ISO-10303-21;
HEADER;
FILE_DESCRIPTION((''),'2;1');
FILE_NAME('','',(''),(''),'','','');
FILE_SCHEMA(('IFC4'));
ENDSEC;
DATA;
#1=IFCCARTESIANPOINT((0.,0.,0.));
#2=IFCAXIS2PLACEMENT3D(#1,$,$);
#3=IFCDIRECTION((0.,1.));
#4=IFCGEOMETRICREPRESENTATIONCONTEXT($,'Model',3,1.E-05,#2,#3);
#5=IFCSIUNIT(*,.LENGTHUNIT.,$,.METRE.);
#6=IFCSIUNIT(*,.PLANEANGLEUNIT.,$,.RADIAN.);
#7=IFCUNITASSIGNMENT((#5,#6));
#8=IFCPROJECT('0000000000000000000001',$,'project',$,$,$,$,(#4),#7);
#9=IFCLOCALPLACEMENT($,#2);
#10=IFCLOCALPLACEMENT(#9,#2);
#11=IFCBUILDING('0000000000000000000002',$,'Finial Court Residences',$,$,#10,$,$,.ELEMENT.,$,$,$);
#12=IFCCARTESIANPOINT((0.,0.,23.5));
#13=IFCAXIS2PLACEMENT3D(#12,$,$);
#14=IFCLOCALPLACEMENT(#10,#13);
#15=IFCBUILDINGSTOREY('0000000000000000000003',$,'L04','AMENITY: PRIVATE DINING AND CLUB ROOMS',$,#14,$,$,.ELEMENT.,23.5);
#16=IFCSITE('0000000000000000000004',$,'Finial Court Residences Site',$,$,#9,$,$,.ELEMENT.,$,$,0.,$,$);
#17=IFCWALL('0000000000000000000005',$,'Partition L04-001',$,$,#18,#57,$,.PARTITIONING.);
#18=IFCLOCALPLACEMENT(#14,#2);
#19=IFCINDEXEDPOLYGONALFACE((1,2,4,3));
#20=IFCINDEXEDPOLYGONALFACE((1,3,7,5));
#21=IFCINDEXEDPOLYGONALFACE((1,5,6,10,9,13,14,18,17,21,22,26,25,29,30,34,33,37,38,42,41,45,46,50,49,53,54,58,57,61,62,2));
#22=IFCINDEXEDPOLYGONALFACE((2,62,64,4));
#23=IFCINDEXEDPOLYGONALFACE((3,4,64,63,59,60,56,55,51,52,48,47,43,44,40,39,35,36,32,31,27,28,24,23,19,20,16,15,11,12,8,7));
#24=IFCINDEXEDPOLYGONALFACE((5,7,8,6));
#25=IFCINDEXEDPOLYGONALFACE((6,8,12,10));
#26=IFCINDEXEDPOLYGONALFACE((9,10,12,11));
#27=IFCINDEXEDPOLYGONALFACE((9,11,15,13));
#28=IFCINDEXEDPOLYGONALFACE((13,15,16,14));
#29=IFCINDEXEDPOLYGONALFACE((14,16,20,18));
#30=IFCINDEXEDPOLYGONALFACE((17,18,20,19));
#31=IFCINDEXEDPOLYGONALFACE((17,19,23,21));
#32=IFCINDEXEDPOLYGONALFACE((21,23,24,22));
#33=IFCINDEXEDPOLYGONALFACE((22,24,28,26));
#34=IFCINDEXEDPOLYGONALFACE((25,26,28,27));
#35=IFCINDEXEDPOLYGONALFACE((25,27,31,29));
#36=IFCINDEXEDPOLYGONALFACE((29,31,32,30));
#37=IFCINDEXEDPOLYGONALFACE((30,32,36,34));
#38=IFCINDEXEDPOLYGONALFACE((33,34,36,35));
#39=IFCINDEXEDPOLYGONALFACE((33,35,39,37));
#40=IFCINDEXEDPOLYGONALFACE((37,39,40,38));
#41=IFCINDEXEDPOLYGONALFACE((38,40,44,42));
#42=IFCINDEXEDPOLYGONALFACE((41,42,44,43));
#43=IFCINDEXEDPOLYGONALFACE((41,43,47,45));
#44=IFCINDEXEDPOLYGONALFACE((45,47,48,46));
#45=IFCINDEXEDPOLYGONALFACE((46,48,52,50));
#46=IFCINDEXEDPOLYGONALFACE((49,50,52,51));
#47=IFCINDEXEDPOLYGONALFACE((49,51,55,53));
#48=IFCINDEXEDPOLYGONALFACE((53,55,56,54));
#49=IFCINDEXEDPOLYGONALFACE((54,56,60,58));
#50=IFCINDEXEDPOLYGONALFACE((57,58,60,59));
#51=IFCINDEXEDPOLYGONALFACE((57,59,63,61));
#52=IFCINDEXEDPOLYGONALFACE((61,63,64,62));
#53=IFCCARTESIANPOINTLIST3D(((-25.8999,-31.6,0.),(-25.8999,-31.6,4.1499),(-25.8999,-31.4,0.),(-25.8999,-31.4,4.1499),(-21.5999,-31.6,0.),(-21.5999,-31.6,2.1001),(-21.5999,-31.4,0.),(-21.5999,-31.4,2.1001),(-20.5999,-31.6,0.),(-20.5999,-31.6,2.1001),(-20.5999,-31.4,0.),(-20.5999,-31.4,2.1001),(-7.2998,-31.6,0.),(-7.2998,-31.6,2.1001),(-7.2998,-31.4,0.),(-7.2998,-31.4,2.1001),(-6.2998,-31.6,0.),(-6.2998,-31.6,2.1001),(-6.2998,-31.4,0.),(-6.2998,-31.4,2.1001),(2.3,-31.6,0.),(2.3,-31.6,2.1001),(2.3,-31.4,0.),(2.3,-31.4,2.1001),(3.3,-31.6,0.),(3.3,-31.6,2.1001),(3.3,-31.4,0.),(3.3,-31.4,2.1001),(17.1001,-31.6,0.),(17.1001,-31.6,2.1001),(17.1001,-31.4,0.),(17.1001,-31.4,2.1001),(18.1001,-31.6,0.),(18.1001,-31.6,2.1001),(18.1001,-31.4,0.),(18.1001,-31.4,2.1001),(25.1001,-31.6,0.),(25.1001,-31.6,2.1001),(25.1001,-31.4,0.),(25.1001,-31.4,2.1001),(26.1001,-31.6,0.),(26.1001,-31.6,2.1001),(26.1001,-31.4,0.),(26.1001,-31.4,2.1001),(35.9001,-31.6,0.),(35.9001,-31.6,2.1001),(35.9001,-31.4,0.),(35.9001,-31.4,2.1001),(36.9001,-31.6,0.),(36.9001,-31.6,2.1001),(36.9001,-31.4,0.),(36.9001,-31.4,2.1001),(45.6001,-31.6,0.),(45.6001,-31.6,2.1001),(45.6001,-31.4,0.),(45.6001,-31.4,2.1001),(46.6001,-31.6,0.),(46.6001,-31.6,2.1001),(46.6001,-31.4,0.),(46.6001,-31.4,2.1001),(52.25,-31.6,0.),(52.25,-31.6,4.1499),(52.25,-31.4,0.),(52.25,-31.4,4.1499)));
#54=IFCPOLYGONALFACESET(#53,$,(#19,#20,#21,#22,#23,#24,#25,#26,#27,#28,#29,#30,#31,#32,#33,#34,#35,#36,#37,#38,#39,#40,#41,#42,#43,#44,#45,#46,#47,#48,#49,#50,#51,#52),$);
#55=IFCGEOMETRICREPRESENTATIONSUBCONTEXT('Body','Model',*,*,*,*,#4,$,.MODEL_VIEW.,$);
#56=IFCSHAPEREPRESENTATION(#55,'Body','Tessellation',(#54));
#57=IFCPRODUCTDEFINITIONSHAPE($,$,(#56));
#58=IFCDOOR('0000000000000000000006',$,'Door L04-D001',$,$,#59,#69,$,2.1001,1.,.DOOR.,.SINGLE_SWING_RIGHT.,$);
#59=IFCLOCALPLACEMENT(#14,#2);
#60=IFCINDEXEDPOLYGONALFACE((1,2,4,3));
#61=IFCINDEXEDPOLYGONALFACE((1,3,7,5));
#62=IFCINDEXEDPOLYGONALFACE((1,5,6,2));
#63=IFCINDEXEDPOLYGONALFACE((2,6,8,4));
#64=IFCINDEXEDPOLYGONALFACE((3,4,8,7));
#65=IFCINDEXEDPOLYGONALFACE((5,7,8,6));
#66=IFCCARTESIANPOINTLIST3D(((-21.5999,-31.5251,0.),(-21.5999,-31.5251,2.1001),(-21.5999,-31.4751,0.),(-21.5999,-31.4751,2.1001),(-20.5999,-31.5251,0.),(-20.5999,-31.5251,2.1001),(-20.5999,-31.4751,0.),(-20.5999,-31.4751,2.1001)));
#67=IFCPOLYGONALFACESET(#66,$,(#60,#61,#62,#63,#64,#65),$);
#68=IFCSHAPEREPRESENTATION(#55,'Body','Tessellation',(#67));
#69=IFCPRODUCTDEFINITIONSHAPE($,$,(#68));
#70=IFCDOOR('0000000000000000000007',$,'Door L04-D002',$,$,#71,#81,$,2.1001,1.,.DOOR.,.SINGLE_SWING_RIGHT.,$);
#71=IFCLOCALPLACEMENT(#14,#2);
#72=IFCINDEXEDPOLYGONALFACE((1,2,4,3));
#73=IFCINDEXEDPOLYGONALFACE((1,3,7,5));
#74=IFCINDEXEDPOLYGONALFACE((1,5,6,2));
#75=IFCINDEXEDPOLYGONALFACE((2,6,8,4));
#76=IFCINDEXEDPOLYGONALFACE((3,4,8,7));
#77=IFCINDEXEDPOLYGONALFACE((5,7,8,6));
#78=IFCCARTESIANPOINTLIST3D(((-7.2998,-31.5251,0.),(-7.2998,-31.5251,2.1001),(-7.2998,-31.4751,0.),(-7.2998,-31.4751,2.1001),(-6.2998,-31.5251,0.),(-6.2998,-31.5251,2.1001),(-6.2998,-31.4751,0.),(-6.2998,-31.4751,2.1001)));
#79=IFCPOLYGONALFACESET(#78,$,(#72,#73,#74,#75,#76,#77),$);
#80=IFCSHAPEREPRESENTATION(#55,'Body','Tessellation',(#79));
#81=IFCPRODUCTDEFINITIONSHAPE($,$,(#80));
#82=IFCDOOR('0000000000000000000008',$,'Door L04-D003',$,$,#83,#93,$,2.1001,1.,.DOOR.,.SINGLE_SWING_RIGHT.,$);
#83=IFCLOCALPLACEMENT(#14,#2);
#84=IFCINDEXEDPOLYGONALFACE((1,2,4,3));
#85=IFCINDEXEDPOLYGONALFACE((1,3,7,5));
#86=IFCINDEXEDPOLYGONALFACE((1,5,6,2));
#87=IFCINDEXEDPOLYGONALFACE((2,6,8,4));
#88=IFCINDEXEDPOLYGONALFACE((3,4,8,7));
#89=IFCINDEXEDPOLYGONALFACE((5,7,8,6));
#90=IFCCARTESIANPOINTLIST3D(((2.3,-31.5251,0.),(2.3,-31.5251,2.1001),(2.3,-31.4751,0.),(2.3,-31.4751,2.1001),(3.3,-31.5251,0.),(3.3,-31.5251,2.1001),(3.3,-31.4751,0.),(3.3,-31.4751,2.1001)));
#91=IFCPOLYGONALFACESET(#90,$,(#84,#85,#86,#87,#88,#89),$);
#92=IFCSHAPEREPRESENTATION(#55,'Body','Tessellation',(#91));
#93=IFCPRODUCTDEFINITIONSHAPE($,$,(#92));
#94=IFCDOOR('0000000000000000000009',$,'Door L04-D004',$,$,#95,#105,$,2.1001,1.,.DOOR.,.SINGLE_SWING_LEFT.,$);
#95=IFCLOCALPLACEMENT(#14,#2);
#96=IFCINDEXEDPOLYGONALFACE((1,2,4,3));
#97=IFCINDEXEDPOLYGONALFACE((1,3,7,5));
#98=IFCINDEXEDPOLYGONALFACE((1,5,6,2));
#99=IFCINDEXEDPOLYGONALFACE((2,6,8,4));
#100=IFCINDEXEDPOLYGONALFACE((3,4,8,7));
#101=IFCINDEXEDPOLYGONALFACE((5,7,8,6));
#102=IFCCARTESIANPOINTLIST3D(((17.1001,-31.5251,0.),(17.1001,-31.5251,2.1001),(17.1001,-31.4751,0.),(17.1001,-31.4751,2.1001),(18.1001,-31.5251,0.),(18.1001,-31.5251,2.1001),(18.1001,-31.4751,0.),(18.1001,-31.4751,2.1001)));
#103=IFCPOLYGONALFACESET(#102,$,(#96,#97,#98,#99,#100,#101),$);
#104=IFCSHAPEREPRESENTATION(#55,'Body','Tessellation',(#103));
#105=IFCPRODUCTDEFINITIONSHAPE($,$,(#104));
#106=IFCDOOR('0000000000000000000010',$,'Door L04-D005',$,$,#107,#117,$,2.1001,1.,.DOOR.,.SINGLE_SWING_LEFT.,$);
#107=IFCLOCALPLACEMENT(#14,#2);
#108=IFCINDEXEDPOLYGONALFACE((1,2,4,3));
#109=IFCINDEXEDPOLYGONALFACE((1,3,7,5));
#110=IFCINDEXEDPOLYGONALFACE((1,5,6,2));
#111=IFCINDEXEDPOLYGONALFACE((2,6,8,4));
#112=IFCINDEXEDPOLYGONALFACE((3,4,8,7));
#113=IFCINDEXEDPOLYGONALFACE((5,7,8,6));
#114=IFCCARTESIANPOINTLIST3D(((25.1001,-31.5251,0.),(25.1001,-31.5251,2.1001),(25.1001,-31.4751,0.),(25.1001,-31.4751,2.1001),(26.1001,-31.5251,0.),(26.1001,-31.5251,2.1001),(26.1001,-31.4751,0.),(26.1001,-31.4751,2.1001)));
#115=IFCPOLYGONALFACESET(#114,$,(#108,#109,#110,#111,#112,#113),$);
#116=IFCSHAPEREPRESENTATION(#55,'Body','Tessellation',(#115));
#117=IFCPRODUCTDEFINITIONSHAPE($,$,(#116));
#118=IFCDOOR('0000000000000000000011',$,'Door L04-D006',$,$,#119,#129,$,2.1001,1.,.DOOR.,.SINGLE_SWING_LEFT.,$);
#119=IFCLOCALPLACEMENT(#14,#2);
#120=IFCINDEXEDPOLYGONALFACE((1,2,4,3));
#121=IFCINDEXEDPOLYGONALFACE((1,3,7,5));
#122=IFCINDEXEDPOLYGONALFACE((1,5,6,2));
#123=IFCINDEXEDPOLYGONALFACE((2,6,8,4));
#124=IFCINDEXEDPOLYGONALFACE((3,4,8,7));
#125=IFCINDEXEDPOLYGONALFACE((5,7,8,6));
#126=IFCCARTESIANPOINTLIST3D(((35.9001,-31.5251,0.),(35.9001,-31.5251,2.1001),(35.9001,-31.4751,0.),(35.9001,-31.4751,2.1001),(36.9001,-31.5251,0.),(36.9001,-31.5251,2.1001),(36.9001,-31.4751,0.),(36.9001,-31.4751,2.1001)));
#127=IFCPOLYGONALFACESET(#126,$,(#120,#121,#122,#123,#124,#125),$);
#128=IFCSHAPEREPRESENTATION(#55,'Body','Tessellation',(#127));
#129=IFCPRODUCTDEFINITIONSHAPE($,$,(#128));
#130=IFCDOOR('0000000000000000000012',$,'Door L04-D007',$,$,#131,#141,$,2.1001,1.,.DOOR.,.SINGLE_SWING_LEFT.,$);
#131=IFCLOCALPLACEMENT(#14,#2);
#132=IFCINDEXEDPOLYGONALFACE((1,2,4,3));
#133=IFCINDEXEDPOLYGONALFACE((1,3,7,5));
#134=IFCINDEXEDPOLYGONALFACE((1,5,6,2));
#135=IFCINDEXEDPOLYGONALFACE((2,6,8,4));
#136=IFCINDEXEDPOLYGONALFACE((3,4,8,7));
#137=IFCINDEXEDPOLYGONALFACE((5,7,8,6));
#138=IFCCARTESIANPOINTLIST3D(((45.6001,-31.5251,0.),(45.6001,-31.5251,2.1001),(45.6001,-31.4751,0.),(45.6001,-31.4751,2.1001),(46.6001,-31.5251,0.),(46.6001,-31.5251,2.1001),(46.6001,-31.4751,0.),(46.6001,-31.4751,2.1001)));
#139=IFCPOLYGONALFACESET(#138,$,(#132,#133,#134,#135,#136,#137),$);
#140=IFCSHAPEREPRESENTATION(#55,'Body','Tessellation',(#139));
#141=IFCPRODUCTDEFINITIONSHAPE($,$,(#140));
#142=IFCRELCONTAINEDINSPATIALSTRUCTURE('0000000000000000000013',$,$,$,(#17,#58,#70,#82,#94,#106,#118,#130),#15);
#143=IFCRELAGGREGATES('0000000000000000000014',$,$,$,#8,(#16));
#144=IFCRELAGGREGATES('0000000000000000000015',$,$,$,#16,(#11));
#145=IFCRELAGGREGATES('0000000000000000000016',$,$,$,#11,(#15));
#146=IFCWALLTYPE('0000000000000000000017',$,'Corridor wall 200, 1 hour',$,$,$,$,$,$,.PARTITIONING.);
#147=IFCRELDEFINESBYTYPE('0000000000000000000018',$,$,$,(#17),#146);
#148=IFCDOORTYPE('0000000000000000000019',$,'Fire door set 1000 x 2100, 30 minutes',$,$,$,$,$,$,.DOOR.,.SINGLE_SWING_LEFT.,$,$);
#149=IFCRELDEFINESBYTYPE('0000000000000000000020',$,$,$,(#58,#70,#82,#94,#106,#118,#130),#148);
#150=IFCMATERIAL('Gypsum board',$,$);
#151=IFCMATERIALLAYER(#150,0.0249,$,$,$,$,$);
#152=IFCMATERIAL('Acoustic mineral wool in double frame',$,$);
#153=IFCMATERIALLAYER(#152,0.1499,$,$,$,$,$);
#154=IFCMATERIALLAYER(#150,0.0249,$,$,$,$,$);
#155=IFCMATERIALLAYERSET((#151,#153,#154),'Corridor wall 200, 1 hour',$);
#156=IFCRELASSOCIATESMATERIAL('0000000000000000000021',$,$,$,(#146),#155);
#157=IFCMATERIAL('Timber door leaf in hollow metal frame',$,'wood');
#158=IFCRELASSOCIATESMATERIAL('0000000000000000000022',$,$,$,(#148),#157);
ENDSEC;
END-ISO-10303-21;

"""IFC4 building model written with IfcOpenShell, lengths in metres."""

from ifc_helpers import new_model, si_unit, direction, frame, frame_2d, origin, place, context, subcontext, project, spatial, rectangle, extrude, material, layer, layer_set, type_object, element, fill, save


model = new_model("IFC4")

# Units and contexts
model_context = context("Model", 3, precision=1e-05, world=origin(), true_north=direction((0.0, 1.0)))
body_context = subcontext(model_context, "Body", "Model", "MODEL_VIEW")
ifc_project = project(units=[si_unit("LENGTHUNIT", "METRE"), si_unit("PLANEANGLEUNIT", "RADIAN")], contexts=[model_context])

# Site, building, storey
site_placement = place(None, origin())
site = spatial("IfcSite", under=ifc_project, at=site_placement, Name="Finial Court Residences Site", CompositionType="ELEMENT", RefElevation=0.0)
building_placement = place(site_placement, origin())
building = spatial("IfcBuilding", under=site, at=building_placement, Name="Finial Court Residences", CompositionType="ELEMENT")
storey_placement = place(building_placement, frame((0.0, 0.0, 23.5)))
storey = spatial("IfcBuildingStorey", under=building, at=storey_placement, Name="L04", Description="AMENITY: PRIVATE DINING AND CLUB ROOMS", CompositionType="ELEMENT", Elevation=23.5)

# Wall, openings, doors
ifc_material_1 = material(Name="Gypsum board")
ifc_layer_1 = layer(ifc_material_1, 0.0249)
ifc_material_2 = material(Name="Acoustic mineral wool in double frame")
ifc_layer_2 = layer(ifc_material_2, 0.1499)
ifc_layer_3 = layer(ifc_material_1, 0.0249)
ifc_layer_set_1 = layer_set([ifc_layer_1, ifc_layer_2, ifc_layer_3], Name="Corridor wall 200, 1 hour")
wall_type_1 = type_object("IfcWallType", Name="Corridor wall 200, 1 hour", PredefinedType="PARTITIONING", material=ifc_layer_set_1)
wall_1_placement = place(storey_placement, frame((-25.8999, -31.5, 0.0), z_axis=(0.0, 0.0, 1.0), x_axis=(1.0, 0.0, 0.0)))
wall_1 = element("IfcWall", 1, at=wall_1_placement, inside=storey, type_object=wall_type_1, Name="Partition L04-001", PredefinedType="PARTITIONING", context=body_context, shape_type="SweptSolid", body=[
    extrude(rectangle(XDim=78.1499, YDim=0.2, at=frame_2d((39.075, 0.0))), origin(), (0.0, 0.0, 1.0), 4.1499),
])
opening_1_placement = place(wall_1_placement, frame((4.3, 0.0, 0.0)))
opening_1 = element("IfcOpeningElement", 2, at=opening_1_placement, cuts=wall_1, PredefinedType="OPENING", context=body_context, shape_type="SweptSolid", body=[
    extrude(rectangle(XDim=1.0, YDim=2.1001, at=frame_2d((0.5, 1.05))), frame((0.0, 0.1099, 0.0), z_axis=(0.0, -1.0, 0.0), x_axis=(1.0, 0.0, 0.0)), (0.0, 0.0, 1.0), 0.22),
])
opening_2_placement = place(wall_1_placement, frame((18.6001, 0.0, 0.0)))
opening_2 = element("IfcOpeningElement", 3, at=opening_2_placement, cuts=wall_1, PredefinedType="OPENING", context=body_context, shape_type="SweptSolid", body=[
    extrude(rectangle(XDim=1.0, YDim=2.1001, at=frame_2d((0.5, 1.05))), frame((0.0, 0.1099, 0.0), z_axis=(0.0, -1.0, 0.0), x_axis=(1.0, 0.0, 0.0)), (0.0, 0.0, 1.0), 0.22),
])
opening_3_placement = place(wall_1_placement, frame((28.2, 0.0, 0.0)))
opening_3 = element("IfcOpeningElement", 4, at=opening_3_placement, cuts=wall_1, PredefinedType="OPENING", context=body_context, shape_type="SweptSolid", body=[
    extrude(rectangle(XDim=1.0, YDim=2.1001, at=frame_2d((0.5, 1.05))), frame((0.0, 0.1099, 0.0), z_axis=(0.0, -1.0, 0.0), x_axis=(1.0, 0.0, 0.0)), (0.0, 0.0, 1.0), 0.22),
])
opening_4_placement = place(wall_1_placement, frame((43.0, 0.0, 0.0)))
opening_4 = element("IfcOpeningElement", 5, at=opening_4_placement, cuts=wall_1, PredefinedType="OPENING", context=body_context, shape_type="SweptSolid", body=[
    extrude(rectangle(XDim=1.0, YDim=2.1001, at=frame_2d((0.5, 1.05))), frame((0.0, 0.1099, 0.0), z_axis=(0.0, -1.0, 0.0), x_axis=(1.0, 0.0, 0.0)), (0.0, 0.0, 1.0), 0.22),
])
opening_5_placement = place(wall_1_placement, frame((51.0, 0.0, 0.0)))
opening_5 = element("IfcOpeningElement", 6, at=opening_5_placement, cuts=wall_1, PredefinedType="OPENING", context=body_context, shape_type="SweptSolid", body=[
    extrude(rectangle(XDim=1.0, YDim=2.1001, at=frame_2d((0.5, 1.05))), frame((0.0, 0.1099, 0.0), z_axis=(0.0, -1.0, 0.0), x_axis=(1.0, 0.0, 0.0)), (0.0, 0.0, 1.0), 0.22),
])
opening_6_placement = place(wall_1_placement, frame((61.8, 0.0, 0.0)))
opening_6 = element("IfcOpeningElement", 7, at=opening_6_placement, cuts=wall_1, PredefinedType="OPENING", context=body_context, shape_type="SweptSolid", body=[
    extrude(rectangle(XDim=1.0, YDim=2.1001, at=frame_2d((0.5, 1.05))), frame((0.0, 0.1099, 0.0), z_axis=(0.0, -1.0, 0.0), x_axis=(1.0, 0.0, 0.0)), (0.0, 0.0, 1.0), 0.22),
])
opening_7_placement = place(wall_1_placement, frame((71.5, 0.0, 0.0)))
opening_7 = element("IfcOpeningElement", 8, at=opening_7_placement, cuts=wall_1, PredefinedType="OPENING", context=body_context, shape_type="SweptSolid", body=[
    extrude(rectangle(XDim=1.0, YDim=2.1001, at=frame_2d((0.5, 1.05))), frame((0.0, 0.1099, 0.0), z_axis=(0.0, -1.0, 0.0), x_axis=(1.0, 0.0, 0.0)), (0.0, 0.0, 1.0), 0.22),
])
ifc_material_3 = material(Name="Timber door leaf in hollow metal frame", Category="wood")
door_type_1 = type_object("IfcDoorType", Name="Fire door set 1000 x 2100, 30 minutes", OperationType="SINGLE_SWING_LEFT", PredefinedType="DOOR", material=ifc_material_3)
door_1_placement = place(opening_1_placement, origin())
door_1 = element("IfcDoor", 9, at=door_1_placement, inside=storey, type_object=door_type_1, Name="Door L04-D001", OperationType="SINGLE_SWING_RIGHT", OverallHeight=2.1001, OverallWidth=1.0, PredefinedType="DOOR", context=body_context, shape_type="SweptSolid", body=[
    extrude(rectangle(XDim=1.0, YDim=2.1001, at=frame_2d((0.5, 1.05))), frame((0.0, 0.0249, 0.0), z_axis=(0.0, -1.0, 0.0), x_axis=(1.0, 0.0, 0.0)), (0.0, 0.0, 1.0), 0.05),
])
fill(opening_1, door_1)
door_2_placement = place(opening_2_placement, origin())
door_2 = element("IfcDoor", 10, at=door_2_placement, inside=storey, type_object=door_type_1, Name="Door L04-D002", OperationType="SINGLE_SWING_RIGHT", OverallHeight=2.1001, OverallWidth=1.0, PredefinedType="DOOR", context=body_context, shape_type="SweptSolid", body=[
    extrude(rectangle(XDim=1.0, YDim=2.1001, at=frame_2d((0.5, 1.05))), frame((0.0, 0.0249, 0.0), z_axis=(0.0, -1.0, 0.0), x_axis=(1.0, 0.0, 0.0)), (0.0, 0.0, 1.0), 0.05),
])
fill(opening_2, door_2)
door_3_placement = place(opening_3_placement, origin())
door_3 = element("IfcDoor", 11, at=door_3_placement, inside=storey, type_object=door_type_1, Name="Door L04-D003", OperationType="SINGLE_SWING_RIGHT", OverallHeight=2.1001, OverallWidth=1.0, PredefinedType="DOOR", context=body_context, shape_type="SweptSolid", body=[
    extrude(rectangle(XDim=1.0, YDim=2.1001, at=frame_2d((0.5, 1.05))), frame((0.0, 0.0249, 0.0), z_axis=(0.0, -1.0, 0.0), x_axis=(1.0, 0.0, 0.0)), (0.0, 0.0, 1.0), 0.05),
])
fill(opening_3, door_3)
door_4_placement = place(opening_4_placement, origin())
door_4 = element("IfcDoor", 12, at=door_4_placement, inside=storey, type_object=door_type_1, Name="Door L04-D004", OperationType="SINGLE_SWING_LEFT", OverallHeight=2.1001, OverallWidth=1.0, PredefinedType="DOOR", context=body_context, shape_type="SweptSolid", body=[
    extrude(rectangle(XDim=1.0, YDim=2.1001, at=frame_2d((0.5, 1.05))), frame((0.0, 0.0249, 0.0), z_axis=(0.0, -1.0, 0.0), x_axis=(1.0, 0.0, 0.0)), (0.0, 0.0, 1.0), 0.05),
])
fill(opening_4, door_4)
door_5_placement = place(opening_5_placement, origin())
door_5 = element("IfcDoor", 13, at=door_5_placement, inside=storey, type_object=door_type_1, Name="Door L04-D005", OperationType="SINGLE_SWING_LEFT", OverallHeight=2.1001, OverallWidth=1.0, PredefinedType="DOOR", context=body_context, shape_type="SweptSolid", body=[
    extrude(rectangle(XDim=1.0, YDim=2.1001, at=frame_2d((0.5, 1.05))), frame((0.0, 0.0249, 0.0), z_axis=(0.0, -1.0, 0.0), x_axis=(1.0, 0.0, 0.0)), (0.0, 0.0, 1.0), 0.05),
])
fill(opening_5, door_5)
door_6_placement = place(opening_6_placement, origin())
door_6 = element("IfcDoor", 14, at=door_6_placement, inside=storey, type_object=door_type_1, Name="Door L04-D006", OperationType="SINGLE_SWING_LEFT", OverallHeight=2.1001, OverallWidth=1.0, PredefinedType="DOOR", context=body_context, shape_type="SweptSolid", body=[
    extrude(rectangle(XDim=1.0, YDim=2.1001, at=frame_2d((0.5, 1.05))), frame((0.0, 0.0249, 0.0), z_axis=(0.0, -1.0, 0.0), x_axis=(1.0, 0.0, 0.0)), (0.0, 0.0, 1.0), 0.05),
])
fill(opening_6, door_6)
door_7_placement = place(opening_7_placement, origin())
door_7 = element("IfcDoor", 15, at=door_7_placement, inside=storey, type_object=door_type_1, Name="Door L04-D007", OperationType="SINGLE_SWING_LEFT", OverallHeight=2.1001, OverallWidth=1.0, PredefinedType="DOOR", context=body_context, shape_type="SweptSolid", body=[
    extrude(rectangle(XDim=1.0, YDim=2.1001, at=frame_2d((0.5, 1.05))), frame((0.0, 0.0249, 0.0), z_axis=(0.0, -1.0, 0.0), x_axis=(1.0, 0.0, 0.0)), (0.0, 0.0, 1.0), 0.05),
])
fill(opening_7, door_7)

save(model, "model.ifc")
